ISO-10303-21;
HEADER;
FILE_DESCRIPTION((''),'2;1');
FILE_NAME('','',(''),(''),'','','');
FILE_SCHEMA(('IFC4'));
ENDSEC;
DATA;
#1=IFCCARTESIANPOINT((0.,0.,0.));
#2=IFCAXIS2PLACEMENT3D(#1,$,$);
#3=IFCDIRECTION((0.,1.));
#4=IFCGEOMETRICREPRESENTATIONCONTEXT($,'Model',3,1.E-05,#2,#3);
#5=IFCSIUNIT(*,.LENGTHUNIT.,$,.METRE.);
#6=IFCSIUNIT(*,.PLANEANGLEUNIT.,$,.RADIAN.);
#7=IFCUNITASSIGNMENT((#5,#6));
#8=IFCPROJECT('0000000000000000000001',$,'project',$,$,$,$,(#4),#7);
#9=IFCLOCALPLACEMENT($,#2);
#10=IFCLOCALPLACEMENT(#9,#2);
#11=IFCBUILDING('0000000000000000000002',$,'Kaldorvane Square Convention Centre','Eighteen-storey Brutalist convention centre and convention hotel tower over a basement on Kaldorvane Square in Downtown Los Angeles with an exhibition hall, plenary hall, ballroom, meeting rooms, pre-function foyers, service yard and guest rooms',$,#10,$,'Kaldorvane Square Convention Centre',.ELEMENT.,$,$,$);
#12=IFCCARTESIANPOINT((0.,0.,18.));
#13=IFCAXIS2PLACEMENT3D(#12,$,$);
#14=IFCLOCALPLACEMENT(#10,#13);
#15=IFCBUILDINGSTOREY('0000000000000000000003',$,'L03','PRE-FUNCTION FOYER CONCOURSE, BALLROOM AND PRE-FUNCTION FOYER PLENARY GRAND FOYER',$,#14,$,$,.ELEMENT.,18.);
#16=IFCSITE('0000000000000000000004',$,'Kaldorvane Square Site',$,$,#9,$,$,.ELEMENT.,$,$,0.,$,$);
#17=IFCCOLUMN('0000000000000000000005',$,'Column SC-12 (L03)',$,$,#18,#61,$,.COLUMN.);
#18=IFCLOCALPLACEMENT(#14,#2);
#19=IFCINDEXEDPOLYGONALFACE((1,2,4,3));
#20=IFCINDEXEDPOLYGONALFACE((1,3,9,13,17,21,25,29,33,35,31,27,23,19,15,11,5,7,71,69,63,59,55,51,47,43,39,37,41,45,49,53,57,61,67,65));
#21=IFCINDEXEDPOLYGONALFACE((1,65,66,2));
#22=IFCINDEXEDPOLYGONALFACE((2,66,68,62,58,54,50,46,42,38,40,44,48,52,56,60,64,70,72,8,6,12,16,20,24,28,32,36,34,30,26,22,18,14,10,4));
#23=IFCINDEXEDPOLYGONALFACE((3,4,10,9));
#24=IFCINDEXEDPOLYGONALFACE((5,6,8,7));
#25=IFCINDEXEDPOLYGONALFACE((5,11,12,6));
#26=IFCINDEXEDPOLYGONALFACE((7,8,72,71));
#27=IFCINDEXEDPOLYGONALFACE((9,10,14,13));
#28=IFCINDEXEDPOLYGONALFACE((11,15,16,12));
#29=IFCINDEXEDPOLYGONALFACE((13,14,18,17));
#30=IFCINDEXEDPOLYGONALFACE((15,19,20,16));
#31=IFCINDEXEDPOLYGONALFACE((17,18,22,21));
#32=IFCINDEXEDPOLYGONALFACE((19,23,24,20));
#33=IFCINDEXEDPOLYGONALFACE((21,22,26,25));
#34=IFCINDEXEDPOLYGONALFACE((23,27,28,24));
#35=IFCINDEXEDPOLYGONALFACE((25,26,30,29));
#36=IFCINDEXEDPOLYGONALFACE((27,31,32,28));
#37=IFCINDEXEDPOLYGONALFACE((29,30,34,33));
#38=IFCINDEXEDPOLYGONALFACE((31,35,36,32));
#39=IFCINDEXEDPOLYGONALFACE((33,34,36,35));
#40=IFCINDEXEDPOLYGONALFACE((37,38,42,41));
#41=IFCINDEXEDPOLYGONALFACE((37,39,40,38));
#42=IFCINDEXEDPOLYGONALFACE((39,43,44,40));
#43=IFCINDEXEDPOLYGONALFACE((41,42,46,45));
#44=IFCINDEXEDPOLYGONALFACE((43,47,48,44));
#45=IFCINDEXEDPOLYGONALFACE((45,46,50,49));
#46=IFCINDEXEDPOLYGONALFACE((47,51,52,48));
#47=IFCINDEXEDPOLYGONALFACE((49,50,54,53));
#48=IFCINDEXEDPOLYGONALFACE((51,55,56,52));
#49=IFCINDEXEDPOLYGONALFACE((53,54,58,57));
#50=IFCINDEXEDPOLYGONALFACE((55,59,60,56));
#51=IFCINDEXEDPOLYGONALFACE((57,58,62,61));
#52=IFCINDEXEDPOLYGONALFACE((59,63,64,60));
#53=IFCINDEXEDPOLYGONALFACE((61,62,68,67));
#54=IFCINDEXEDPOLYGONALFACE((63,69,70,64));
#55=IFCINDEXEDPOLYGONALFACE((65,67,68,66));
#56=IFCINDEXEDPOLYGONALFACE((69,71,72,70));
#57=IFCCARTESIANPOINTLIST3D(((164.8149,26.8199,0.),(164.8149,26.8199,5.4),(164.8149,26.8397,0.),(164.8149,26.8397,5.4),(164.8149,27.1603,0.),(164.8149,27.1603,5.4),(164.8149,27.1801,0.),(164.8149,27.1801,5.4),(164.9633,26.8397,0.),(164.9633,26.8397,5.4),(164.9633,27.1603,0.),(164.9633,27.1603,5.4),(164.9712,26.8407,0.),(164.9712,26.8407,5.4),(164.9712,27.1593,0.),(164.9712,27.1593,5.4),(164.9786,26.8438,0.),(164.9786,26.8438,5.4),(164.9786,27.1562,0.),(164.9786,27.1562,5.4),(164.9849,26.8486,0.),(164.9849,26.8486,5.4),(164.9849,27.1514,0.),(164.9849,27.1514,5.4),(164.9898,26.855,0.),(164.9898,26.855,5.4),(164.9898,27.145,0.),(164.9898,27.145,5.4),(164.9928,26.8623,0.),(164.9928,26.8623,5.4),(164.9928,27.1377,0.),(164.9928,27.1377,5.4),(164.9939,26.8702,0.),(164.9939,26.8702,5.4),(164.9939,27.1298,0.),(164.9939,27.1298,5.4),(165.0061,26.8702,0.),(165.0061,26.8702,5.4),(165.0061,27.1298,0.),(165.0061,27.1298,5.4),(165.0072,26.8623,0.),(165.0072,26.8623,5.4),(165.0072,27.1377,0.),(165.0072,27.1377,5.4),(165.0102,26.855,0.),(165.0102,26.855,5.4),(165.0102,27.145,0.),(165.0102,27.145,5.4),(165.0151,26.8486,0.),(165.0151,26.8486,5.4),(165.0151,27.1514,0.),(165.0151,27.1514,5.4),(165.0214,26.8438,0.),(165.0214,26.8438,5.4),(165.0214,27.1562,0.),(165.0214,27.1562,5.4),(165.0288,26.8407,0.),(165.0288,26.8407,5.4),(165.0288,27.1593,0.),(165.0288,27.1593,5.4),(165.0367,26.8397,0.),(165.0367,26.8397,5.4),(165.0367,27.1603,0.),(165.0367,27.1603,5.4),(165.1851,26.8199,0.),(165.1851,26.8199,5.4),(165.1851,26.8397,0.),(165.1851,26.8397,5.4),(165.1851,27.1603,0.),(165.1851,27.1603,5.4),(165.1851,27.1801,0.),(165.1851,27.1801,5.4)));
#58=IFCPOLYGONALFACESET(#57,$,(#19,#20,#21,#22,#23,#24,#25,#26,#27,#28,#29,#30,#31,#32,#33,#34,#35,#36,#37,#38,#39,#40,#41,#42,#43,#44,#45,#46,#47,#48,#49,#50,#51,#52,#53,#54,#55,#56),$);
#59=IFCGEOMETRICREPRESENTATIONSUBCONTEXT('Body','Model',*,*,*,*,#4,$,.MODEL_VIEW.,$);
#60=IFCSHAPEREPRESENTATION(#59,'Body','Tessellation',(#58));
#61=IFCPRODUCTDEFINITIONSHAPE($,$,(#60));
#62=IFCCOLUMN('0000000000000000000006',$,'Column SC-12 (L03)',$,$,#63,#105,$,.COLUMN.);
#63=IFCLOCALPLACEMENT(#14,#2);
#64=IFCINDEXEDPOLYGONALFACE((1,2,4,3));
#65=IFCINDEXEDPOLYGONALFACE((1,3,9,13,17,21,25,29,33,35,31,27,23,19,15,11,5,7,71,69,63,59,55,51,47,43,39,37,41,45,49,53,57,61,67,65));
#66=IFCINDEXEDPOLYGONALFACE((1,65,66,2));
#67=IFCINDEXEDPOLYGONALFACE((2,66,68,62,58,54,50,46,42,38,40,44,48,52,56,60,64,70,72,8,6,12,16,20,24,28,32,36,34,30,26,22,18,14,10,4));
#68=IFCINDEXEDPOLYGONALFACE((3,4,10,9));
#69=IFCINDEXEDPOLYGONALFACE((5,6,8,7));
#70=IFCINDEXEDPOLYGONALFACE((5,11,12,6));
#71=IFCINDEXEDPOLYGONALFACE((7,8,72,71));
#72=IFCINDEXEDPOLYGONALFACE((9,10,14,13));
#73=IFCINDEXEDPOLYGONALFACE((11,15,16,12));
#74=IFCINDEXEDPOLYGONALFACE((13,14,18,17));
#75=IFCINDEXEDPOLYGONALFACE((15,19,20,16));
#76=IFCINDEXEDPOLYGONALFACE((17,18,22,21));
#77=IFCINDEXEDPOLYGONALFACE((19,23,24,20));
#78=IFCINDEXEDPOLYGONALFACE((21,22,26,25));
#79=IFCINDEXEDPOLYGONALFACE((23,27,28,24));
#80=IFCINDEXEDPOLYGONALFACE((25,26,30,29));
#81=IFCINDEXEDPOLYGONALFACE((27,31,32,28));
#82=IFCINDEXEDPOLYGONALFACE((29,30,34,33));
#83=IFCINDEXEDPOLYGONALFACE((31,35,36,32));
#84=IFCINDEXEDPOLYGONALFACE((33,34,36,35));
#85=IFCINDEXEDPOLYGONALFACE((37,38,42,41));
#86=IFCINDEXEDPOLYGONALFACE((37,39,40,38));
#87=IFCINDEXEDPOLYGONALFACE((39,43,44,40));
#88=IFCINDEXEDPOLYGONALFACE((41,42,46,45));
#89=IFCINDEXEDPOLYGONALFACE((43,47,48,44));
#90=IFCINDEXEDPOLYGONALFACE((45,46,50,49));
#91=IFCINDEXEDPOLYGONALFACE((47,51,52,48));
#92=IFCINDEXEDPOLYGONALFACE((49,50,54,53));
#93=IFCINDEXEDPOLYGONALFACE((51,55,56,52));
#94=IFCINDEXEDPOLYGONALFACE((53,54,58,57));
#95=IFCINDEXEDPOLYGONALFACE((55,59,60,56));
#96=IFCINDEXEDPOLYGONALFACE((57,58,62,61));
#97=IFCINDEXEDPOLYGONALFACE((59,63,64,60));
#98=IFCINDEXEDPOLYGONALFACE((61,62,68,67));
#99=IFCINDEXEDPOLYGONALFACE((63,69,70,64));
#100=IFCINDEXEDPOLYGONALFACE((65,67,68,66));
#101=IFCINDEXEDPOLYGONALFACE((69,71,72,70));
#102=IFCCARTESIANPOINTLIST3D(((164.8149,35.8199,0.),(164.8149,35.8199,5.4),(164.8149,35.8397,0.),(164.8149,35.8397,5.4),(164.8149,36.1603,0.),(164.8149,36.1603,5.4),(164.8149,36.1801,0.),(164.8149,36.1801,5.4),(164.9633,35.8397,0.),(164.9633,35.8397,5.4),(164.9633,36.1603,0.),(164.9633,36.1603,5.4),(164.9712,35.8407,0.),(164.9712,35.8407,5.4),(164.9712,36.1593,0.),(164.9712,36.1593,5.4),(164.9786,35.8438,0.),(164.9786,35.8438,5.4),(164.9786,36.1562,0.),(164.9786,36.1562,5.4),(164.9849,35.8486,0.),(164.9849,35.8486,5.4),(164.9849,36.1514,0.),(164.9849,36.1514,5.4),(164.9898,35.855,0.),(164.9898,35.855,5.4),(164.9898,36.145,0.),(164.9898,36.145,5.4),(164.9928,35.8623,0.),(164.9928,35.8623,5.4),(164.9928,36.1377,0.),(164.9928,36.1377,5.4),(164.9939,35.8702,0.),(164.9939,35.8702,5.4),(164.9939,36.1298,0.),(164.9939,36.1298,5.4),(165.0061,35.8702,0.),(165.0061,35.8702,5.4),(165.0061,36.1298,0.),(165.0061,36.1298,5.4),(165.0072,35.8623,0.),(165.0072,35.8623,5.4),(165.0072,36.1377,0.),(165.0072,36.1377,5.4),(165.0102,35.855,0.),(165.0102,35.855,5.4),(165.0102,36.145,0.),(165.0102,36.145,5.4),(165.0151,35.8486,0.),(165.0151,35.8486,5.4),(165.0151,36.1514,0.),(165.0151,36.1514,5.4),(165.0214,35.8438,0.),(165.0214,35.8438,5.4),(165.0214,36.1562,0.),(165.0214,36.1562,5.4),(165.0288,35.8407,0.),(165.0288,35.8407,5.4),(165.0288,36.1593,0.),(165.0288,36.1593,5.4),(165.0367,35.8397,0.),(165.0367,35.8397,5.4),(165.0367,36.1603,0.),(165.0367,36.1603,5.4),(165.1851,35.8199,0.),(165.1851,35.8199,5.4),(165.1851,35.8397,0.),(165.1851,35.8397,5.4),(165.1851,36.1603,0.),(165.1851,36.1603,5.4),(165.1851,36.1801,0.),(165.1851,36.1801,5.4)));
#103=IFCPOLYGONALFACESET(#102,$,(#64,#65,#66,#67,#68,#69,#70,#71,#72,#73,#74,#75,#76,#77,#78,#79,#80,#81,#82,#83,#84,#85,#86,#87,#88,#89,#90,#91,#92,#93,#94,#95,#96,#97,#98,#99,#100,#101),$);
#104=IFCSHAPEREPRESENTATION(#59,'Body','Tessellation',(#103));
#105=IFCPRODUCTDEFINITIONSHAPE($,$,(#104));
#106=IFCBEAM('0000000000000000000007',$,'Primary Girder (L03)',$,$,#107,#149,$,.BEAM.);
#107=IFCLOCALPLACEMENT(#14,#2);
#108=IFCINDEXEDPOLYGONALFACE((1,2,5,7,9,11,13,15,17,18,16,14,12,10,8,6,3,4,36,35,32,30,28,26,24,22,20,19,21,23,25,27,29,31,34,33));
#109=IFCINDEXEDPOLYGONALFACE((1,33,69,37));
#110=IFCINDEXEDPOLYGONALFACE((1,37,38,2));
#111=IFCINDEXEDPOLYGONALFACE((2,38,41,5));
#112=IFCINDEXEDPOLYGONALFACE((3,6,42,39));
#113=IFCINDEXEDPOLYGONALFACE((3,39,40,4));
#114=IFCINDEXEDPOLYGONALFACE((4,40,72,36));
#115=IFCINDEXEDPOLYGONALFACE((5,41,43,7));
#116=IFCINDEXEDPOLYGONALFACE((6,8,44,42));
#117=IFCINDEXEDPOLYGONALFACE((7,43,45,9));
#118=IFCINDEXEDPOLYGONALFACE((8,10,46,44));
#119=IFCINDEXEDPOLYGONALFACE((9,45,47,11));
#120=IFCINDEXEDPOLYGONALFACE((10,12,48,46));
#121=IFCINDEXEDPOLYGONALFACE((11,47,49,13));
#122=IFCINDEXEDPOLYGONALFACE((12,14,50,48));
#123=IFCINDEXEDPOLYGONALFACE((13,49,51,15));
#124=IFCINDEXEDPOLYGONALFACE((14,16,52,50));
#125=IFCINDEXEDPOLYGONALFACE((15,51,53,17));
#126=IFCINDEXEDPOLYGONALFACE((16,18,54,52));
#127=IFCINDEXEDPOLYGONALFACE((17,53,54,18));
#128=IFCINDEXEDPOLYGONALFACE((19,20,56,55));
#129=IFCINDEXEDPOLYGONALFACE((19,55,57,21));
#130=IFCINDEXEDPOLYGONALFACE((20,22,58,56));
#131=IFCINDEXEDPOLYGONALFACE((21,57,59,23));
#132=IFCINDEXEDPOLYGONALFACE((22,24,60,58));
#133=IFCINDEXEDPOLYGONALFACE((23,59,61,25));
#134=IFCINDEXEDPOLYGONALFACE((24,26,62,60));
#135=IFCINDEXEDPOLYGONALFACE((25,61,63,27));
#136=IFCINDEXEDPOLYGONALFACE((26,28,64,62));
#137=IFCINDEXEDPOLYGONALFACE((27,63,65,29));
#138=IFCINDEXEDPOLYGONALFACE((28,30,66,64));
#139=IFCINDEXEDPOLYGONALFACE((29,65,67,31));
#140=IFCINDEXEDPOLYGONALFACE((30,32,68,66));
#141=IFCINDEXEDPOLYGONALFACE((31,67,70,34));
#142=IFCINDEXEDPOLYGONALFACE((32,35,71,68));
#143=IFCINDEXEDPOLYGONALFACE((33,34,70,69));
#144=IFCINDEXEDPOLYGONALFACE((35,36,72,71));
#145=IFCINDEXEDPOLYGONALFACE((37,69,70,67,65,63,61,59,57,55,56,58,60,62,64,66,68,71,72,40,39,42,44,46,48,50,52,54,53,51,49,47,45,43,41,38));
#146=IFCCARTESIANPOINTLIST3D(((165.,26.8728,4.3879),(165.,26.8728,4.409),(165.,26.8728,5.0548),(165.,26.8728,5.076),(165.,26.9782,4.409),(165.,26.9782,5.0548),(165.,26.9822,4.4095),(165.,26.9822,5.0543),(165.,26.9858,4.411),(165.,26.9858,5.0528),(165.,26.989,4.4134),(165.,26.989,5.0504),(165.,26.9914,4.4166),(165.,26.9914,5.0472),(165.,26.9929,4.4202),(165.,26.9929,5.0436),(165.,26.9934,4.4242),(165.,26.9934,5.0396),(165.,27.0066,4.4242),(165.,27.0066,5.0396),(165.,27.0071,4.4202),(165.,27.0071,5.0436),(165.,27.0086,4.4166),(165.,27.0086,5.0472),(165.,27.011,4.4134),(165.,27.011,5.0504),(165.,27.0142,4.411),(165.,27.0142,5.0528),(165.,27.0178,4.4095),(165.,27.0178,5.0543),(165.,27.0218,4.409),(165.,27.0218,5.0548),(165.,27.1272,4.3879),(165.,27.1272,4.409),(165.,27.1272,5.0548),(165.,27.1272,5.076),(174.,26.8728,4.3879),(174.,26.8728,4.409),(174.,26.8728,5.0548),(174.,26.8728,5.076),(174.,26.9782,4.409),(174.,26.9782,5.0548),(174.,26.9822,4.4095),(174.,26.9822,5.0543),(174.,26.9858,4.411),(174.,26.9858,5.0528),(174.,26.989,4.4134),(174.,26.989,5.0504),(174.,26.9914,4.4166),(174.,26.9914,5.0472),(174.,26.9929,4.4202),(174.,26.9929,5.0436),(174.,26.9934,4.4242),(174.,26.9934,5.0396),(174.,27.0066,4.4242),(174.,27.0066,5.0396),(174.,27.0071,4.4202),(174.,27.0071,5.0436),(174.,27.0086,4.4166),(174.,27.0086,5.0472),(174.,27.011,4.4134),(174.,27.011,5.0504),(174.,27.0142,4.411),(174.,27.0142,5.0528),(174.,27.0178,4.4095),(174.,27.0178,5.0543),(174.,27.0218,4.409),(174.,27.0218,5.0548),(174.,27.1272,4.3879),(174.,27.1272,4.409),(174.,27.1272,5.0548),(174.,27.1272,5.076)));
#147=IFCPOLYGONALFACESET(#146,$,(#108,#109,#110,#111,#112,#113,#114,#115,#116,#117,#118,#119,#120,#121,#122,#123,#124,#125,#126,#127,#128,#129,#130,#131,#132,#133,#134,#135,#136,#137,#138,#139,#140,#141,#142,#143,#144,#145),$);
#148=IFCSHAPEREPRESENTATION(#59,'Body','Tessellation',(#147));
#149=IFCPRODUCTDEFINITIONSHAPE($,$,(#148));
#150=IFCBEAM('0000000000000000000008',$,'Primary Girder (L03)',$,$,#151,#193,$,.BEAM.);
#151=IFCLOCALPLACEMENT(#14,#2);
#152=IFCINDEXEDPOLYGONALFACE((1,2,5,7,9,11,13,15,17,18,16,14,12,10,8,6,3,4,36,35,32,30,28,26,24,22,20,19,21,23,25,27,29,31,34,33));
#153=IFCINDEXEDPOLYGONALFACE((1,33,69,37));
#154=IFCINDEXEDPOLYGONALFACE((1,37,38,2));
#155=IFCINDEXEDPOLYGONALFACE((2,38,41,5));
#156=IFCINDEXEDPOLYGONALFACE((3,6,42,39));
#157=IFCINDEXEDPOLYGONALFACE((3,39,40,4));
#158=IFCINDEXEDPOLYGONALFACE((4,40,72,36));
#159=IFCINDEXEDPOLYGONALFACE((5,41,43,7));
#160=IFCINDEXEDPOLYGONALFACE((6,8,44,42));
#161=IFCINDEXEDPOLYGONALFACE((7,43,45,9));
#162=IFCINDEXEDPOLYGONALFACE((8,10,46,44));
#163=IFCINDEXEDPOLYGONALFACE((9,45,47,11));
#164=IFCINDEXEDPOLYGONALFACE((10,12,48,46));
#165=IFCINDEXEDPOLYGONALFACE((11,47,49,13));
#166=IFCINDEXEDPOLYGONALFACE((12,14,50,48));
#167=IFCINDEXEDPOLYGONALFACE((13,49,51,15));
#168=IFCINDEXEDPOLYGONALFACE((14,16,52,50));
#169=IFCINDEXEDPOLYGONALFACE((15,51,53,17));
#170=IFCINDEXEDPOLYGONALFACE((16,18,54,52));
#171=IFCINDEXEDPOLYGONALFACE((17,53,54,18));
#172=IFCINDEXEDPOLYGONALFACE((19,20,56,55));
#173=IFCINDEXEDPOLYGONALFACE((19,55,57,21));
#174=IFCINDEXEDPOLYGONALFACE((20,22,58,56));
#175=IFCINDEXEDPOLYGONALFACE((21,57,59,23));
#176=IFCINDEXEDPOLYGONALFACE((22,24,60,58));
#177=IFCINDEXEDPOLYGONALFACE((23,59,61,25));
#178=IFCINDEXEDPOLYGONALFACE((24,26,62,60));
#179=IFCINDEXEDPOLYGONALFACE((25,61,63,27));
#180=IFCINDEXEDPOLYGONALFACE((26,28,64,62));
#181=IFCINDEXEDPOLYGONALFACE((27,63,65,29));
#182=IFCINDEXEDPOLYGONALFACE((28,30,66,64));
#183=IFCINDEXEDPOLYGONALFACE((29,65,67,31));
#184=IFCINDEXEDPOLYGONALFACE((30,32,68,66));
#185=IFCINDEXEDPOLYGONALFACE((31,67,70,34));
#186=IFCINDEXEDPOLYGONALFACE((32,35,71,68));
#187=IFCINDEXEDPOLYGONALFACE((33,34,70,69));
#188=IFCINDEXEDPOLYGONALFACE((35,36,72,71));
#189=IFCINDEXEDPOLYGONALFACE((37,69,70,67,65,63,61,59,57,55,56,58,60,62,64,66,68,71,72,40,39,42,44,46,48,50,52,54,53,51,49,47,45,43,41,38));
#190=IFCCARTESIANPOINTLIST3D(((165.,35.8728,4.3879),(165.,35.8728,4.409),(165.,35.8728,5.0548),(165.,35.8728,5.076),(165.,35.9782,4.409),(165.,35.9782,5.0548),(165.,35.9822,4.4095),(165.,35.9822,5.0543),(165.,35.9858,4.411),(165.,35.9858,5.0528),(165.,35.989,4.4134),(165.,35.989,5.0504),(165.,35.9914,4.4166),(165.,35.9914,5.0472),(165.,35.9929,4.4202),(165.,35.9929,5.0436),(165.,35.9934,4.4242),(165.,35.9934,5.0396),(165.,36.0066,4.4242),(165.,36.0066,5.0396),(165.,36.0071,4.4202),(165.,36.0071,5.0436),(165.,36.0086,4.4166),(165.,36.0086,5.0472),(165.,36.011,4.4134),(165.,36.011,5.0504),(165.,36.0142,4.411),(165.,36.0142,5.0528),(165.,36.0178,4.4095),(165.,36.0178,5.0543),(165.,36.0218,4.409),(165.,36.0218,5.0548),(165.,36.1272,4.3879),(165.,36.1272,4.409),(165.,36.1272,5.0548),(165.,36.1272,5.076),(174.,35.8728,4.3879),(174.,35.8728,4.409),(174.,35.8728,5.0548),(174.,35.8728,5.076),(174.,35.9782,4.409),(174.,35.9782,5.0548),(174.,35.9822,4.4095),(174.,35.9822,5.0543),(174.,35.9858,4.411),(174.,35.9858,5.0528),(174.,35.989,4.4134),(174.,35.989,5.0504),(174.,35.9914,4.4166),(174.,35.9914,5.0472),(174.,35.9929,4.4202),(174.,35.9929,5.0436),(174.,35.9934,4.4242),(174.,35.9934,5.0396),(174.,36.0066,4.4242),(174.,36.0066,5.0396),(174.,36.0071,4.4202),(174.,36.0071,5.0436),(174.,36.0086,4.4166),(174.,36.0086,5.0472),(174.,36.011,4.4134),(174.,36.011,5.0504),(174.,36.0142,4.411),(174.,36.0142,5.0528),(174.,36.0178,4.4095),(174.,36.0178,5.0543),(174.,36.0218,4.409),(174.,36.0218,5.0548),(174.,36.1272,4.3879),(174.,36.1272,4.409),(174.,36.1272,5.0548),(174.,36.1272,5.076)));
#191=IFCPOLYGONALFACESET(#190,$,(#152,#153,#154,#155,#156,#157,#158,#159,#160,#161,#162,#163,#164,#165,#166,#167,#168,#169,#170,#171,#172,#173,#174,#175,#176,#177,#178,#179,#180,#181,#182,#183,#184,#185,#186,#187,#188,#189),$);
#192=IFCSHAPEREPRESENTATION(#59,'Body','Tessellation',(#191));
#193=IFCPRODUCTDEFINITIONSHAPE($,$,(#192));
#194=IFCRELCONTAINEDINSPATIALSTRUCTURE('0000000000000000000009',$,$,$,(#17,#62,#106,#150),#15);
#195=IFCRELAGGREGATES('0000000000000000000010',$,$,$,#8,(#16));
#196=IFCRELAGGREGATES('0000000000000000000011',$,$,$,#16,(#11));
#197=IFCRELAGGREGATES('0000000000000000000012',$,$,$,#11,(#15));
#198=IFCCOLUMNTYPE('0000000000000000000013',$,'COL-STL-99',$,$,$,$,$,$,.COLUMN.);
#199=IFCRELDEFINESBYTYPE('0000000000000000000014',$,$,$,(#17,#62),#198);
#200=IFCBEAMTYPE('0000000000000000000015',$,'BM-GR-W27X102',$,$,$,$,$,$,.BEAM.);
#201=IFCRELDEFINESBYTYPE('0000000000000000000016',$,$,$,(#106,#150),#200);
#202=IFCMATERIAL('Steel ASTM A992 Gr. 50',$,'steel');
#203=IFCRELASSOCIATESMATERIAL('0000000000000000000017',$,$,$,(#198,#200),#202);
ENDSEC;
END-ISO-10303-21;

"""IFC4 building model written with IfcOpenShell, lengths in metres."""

from ifc_helpers import new_model, si_unit, direction, frame, origin, origin_2d, place, context, subcontext, project, spatial, i_section, extrude, material, material_profile, profile_set, type_object, element, save


model = new_model("IFC4")

# Units and contexts
model_context = context("Model", 3, precision=1e-05, world=origin(), true_north=direction((0.0, 1.0)))
body_context = subcontext(model_context, "Body", "Model", "MODEL_VIEW")
ifc_project = project(units=[si_unit("LENGTHUNIT", "METRE"), si_unit("PLANEANGLEUNIT", "RADIAN")], contexts=[model_context])

# Site, building, storey
site_placement = place(None, origin())
site = spatial("IfcSite", under=ifc_project, at=site_placement, Name="Kaldorvane Square Site", CompositionType="ELEMENT", RefElevation=0.0)
building_placement = place(site_placement, origin())
building = spatial("IfcBuilding", under=site, at=building_placement, Name="Kaldorvane Square Convention Centre", Description="Eighteen-storey Brutalist convention centre and convention hotel tower over a basement on Kaldorvane Square in Downtown Los Angeles with an exhibition hall, plenary hall, ballroom, meeting rooms, pre-function foyers, service yard and guest rooms", LongName="Kaldorvane Square Convention Centre", CompositionType="ELEMENT")
storey_placement = place(building_placement, frame((0.0, 0.0, 18.0)))
storey = spatial("IfcBuildingStorey", under=building, at=storey_placement, Name="L03", Description="PRE-FUNCTION FOYER CONCOURSE, BALLROOM AND PRE-FUNCTION FOYER PLENARY GRAND FOYER", CompositionType="ELEMENT", Elevation=18.0)

# Columns
ifc_material_1 = material(Name="Steel ASTM A992 Gr. 50", Category="steel")
ifc_material_profile_1 = material_profile(ifc_material_1, i_section(OverallWidth=0.3701, OverallDepth=0.3602, WebThickness=0.0123, FlangeThickness=0.0198, FilletRadius=0.0305, at=origin_2d()), Name="W14X99")
ifc_profile_set_1 = profile_set([ifc_material_profile_1], Name="Steel ASTM A992 Gr. 50")
column_type = type_object("IfcColumnType", Name="COL-STL-99", PredefinedType="COLUMN", material=ifc_profile_set_1)
for number, where, z_axis, x_axis, name in (
    (1, (165.0, 27.0, 0.0), (0.0, 0.0, 1.0), (1.0, 0.0, 0.0), "Column SC-12 (L03)"),
    (2, (165.0, 36.0, 0.0), (0.0, 0.0, 1.0), (1.0, 0.0, 0.0), "Column SC-12 (L03)"),
):
    element("IfcColumn", number, at=place(storey_placement, frame(where, z_axis=z_axis, x_axis=x_axis)), inside=storey, type_object=column_type, Name=name, PredefinedType="COLUMN", context=body_context, shape_type="SweptSolid", body=[
        extrude(i_section(OverallWidth=0.3701, OverallDepth=0.3602, WebThickness=0.0123, FlangeThickness=0.0198, FilletRadius=0.0305, at=origin_2d()), origin(), (0.0, 0.0, 1.0), 5.4),
    ])

# Beams
ifc_material_profile_2 = material_profile(ifc_material_1, i_section(OverallWidth=0.2544, OverallDepth=0.6881, WebThickness=0.0131, FlangeThickness=0.0211, FilletRadius=0.0152, at=origin_2d()), Name="W27X102")
ifc_profile_set_2 = profile_set([ifc_material_profile_2], Name="Steel ASTM A992 Gr. 50")
beam_type_1 = type_object("IfcBeamType", Name="BM-GR-W27X102", PredefinedType="BEAM", material=ifc_profile_set_2)
for number, where, z_axis, x_axis, name in (
    (3, (165.0, 27.0, 4.7319), (1.0, 0.0, 0.0), (0.0, 1.0, 0.0), "Primary Girder (L03)"),
    (4, (165.0, 36.0, 4.7319), (1.0, 0.0, 0.0), (0.0, 1.0, 0.0), "Primary Girder (L03)"),
):
    element("IfcBeam", number, at=place(storey_placement, frame(where, z_axis=z_axis, x_axis=x_axis)), inside=storey, type_object=beam_type_1, Name=name, PredefinedType="BEAM", context=body_context, shape_type="SweptSolid", body=[
        extrude(i_section(OverallWidth=0.2544, OverallDepth=0.6881, WebThickness=0.0131, FlangeThickness=0.0211, FilletRadius=0.0152, at=origin_2d()), origin(), (0.0, 0.0, 1.0), 9.0),
    ])

save(model, "model.ifc")
